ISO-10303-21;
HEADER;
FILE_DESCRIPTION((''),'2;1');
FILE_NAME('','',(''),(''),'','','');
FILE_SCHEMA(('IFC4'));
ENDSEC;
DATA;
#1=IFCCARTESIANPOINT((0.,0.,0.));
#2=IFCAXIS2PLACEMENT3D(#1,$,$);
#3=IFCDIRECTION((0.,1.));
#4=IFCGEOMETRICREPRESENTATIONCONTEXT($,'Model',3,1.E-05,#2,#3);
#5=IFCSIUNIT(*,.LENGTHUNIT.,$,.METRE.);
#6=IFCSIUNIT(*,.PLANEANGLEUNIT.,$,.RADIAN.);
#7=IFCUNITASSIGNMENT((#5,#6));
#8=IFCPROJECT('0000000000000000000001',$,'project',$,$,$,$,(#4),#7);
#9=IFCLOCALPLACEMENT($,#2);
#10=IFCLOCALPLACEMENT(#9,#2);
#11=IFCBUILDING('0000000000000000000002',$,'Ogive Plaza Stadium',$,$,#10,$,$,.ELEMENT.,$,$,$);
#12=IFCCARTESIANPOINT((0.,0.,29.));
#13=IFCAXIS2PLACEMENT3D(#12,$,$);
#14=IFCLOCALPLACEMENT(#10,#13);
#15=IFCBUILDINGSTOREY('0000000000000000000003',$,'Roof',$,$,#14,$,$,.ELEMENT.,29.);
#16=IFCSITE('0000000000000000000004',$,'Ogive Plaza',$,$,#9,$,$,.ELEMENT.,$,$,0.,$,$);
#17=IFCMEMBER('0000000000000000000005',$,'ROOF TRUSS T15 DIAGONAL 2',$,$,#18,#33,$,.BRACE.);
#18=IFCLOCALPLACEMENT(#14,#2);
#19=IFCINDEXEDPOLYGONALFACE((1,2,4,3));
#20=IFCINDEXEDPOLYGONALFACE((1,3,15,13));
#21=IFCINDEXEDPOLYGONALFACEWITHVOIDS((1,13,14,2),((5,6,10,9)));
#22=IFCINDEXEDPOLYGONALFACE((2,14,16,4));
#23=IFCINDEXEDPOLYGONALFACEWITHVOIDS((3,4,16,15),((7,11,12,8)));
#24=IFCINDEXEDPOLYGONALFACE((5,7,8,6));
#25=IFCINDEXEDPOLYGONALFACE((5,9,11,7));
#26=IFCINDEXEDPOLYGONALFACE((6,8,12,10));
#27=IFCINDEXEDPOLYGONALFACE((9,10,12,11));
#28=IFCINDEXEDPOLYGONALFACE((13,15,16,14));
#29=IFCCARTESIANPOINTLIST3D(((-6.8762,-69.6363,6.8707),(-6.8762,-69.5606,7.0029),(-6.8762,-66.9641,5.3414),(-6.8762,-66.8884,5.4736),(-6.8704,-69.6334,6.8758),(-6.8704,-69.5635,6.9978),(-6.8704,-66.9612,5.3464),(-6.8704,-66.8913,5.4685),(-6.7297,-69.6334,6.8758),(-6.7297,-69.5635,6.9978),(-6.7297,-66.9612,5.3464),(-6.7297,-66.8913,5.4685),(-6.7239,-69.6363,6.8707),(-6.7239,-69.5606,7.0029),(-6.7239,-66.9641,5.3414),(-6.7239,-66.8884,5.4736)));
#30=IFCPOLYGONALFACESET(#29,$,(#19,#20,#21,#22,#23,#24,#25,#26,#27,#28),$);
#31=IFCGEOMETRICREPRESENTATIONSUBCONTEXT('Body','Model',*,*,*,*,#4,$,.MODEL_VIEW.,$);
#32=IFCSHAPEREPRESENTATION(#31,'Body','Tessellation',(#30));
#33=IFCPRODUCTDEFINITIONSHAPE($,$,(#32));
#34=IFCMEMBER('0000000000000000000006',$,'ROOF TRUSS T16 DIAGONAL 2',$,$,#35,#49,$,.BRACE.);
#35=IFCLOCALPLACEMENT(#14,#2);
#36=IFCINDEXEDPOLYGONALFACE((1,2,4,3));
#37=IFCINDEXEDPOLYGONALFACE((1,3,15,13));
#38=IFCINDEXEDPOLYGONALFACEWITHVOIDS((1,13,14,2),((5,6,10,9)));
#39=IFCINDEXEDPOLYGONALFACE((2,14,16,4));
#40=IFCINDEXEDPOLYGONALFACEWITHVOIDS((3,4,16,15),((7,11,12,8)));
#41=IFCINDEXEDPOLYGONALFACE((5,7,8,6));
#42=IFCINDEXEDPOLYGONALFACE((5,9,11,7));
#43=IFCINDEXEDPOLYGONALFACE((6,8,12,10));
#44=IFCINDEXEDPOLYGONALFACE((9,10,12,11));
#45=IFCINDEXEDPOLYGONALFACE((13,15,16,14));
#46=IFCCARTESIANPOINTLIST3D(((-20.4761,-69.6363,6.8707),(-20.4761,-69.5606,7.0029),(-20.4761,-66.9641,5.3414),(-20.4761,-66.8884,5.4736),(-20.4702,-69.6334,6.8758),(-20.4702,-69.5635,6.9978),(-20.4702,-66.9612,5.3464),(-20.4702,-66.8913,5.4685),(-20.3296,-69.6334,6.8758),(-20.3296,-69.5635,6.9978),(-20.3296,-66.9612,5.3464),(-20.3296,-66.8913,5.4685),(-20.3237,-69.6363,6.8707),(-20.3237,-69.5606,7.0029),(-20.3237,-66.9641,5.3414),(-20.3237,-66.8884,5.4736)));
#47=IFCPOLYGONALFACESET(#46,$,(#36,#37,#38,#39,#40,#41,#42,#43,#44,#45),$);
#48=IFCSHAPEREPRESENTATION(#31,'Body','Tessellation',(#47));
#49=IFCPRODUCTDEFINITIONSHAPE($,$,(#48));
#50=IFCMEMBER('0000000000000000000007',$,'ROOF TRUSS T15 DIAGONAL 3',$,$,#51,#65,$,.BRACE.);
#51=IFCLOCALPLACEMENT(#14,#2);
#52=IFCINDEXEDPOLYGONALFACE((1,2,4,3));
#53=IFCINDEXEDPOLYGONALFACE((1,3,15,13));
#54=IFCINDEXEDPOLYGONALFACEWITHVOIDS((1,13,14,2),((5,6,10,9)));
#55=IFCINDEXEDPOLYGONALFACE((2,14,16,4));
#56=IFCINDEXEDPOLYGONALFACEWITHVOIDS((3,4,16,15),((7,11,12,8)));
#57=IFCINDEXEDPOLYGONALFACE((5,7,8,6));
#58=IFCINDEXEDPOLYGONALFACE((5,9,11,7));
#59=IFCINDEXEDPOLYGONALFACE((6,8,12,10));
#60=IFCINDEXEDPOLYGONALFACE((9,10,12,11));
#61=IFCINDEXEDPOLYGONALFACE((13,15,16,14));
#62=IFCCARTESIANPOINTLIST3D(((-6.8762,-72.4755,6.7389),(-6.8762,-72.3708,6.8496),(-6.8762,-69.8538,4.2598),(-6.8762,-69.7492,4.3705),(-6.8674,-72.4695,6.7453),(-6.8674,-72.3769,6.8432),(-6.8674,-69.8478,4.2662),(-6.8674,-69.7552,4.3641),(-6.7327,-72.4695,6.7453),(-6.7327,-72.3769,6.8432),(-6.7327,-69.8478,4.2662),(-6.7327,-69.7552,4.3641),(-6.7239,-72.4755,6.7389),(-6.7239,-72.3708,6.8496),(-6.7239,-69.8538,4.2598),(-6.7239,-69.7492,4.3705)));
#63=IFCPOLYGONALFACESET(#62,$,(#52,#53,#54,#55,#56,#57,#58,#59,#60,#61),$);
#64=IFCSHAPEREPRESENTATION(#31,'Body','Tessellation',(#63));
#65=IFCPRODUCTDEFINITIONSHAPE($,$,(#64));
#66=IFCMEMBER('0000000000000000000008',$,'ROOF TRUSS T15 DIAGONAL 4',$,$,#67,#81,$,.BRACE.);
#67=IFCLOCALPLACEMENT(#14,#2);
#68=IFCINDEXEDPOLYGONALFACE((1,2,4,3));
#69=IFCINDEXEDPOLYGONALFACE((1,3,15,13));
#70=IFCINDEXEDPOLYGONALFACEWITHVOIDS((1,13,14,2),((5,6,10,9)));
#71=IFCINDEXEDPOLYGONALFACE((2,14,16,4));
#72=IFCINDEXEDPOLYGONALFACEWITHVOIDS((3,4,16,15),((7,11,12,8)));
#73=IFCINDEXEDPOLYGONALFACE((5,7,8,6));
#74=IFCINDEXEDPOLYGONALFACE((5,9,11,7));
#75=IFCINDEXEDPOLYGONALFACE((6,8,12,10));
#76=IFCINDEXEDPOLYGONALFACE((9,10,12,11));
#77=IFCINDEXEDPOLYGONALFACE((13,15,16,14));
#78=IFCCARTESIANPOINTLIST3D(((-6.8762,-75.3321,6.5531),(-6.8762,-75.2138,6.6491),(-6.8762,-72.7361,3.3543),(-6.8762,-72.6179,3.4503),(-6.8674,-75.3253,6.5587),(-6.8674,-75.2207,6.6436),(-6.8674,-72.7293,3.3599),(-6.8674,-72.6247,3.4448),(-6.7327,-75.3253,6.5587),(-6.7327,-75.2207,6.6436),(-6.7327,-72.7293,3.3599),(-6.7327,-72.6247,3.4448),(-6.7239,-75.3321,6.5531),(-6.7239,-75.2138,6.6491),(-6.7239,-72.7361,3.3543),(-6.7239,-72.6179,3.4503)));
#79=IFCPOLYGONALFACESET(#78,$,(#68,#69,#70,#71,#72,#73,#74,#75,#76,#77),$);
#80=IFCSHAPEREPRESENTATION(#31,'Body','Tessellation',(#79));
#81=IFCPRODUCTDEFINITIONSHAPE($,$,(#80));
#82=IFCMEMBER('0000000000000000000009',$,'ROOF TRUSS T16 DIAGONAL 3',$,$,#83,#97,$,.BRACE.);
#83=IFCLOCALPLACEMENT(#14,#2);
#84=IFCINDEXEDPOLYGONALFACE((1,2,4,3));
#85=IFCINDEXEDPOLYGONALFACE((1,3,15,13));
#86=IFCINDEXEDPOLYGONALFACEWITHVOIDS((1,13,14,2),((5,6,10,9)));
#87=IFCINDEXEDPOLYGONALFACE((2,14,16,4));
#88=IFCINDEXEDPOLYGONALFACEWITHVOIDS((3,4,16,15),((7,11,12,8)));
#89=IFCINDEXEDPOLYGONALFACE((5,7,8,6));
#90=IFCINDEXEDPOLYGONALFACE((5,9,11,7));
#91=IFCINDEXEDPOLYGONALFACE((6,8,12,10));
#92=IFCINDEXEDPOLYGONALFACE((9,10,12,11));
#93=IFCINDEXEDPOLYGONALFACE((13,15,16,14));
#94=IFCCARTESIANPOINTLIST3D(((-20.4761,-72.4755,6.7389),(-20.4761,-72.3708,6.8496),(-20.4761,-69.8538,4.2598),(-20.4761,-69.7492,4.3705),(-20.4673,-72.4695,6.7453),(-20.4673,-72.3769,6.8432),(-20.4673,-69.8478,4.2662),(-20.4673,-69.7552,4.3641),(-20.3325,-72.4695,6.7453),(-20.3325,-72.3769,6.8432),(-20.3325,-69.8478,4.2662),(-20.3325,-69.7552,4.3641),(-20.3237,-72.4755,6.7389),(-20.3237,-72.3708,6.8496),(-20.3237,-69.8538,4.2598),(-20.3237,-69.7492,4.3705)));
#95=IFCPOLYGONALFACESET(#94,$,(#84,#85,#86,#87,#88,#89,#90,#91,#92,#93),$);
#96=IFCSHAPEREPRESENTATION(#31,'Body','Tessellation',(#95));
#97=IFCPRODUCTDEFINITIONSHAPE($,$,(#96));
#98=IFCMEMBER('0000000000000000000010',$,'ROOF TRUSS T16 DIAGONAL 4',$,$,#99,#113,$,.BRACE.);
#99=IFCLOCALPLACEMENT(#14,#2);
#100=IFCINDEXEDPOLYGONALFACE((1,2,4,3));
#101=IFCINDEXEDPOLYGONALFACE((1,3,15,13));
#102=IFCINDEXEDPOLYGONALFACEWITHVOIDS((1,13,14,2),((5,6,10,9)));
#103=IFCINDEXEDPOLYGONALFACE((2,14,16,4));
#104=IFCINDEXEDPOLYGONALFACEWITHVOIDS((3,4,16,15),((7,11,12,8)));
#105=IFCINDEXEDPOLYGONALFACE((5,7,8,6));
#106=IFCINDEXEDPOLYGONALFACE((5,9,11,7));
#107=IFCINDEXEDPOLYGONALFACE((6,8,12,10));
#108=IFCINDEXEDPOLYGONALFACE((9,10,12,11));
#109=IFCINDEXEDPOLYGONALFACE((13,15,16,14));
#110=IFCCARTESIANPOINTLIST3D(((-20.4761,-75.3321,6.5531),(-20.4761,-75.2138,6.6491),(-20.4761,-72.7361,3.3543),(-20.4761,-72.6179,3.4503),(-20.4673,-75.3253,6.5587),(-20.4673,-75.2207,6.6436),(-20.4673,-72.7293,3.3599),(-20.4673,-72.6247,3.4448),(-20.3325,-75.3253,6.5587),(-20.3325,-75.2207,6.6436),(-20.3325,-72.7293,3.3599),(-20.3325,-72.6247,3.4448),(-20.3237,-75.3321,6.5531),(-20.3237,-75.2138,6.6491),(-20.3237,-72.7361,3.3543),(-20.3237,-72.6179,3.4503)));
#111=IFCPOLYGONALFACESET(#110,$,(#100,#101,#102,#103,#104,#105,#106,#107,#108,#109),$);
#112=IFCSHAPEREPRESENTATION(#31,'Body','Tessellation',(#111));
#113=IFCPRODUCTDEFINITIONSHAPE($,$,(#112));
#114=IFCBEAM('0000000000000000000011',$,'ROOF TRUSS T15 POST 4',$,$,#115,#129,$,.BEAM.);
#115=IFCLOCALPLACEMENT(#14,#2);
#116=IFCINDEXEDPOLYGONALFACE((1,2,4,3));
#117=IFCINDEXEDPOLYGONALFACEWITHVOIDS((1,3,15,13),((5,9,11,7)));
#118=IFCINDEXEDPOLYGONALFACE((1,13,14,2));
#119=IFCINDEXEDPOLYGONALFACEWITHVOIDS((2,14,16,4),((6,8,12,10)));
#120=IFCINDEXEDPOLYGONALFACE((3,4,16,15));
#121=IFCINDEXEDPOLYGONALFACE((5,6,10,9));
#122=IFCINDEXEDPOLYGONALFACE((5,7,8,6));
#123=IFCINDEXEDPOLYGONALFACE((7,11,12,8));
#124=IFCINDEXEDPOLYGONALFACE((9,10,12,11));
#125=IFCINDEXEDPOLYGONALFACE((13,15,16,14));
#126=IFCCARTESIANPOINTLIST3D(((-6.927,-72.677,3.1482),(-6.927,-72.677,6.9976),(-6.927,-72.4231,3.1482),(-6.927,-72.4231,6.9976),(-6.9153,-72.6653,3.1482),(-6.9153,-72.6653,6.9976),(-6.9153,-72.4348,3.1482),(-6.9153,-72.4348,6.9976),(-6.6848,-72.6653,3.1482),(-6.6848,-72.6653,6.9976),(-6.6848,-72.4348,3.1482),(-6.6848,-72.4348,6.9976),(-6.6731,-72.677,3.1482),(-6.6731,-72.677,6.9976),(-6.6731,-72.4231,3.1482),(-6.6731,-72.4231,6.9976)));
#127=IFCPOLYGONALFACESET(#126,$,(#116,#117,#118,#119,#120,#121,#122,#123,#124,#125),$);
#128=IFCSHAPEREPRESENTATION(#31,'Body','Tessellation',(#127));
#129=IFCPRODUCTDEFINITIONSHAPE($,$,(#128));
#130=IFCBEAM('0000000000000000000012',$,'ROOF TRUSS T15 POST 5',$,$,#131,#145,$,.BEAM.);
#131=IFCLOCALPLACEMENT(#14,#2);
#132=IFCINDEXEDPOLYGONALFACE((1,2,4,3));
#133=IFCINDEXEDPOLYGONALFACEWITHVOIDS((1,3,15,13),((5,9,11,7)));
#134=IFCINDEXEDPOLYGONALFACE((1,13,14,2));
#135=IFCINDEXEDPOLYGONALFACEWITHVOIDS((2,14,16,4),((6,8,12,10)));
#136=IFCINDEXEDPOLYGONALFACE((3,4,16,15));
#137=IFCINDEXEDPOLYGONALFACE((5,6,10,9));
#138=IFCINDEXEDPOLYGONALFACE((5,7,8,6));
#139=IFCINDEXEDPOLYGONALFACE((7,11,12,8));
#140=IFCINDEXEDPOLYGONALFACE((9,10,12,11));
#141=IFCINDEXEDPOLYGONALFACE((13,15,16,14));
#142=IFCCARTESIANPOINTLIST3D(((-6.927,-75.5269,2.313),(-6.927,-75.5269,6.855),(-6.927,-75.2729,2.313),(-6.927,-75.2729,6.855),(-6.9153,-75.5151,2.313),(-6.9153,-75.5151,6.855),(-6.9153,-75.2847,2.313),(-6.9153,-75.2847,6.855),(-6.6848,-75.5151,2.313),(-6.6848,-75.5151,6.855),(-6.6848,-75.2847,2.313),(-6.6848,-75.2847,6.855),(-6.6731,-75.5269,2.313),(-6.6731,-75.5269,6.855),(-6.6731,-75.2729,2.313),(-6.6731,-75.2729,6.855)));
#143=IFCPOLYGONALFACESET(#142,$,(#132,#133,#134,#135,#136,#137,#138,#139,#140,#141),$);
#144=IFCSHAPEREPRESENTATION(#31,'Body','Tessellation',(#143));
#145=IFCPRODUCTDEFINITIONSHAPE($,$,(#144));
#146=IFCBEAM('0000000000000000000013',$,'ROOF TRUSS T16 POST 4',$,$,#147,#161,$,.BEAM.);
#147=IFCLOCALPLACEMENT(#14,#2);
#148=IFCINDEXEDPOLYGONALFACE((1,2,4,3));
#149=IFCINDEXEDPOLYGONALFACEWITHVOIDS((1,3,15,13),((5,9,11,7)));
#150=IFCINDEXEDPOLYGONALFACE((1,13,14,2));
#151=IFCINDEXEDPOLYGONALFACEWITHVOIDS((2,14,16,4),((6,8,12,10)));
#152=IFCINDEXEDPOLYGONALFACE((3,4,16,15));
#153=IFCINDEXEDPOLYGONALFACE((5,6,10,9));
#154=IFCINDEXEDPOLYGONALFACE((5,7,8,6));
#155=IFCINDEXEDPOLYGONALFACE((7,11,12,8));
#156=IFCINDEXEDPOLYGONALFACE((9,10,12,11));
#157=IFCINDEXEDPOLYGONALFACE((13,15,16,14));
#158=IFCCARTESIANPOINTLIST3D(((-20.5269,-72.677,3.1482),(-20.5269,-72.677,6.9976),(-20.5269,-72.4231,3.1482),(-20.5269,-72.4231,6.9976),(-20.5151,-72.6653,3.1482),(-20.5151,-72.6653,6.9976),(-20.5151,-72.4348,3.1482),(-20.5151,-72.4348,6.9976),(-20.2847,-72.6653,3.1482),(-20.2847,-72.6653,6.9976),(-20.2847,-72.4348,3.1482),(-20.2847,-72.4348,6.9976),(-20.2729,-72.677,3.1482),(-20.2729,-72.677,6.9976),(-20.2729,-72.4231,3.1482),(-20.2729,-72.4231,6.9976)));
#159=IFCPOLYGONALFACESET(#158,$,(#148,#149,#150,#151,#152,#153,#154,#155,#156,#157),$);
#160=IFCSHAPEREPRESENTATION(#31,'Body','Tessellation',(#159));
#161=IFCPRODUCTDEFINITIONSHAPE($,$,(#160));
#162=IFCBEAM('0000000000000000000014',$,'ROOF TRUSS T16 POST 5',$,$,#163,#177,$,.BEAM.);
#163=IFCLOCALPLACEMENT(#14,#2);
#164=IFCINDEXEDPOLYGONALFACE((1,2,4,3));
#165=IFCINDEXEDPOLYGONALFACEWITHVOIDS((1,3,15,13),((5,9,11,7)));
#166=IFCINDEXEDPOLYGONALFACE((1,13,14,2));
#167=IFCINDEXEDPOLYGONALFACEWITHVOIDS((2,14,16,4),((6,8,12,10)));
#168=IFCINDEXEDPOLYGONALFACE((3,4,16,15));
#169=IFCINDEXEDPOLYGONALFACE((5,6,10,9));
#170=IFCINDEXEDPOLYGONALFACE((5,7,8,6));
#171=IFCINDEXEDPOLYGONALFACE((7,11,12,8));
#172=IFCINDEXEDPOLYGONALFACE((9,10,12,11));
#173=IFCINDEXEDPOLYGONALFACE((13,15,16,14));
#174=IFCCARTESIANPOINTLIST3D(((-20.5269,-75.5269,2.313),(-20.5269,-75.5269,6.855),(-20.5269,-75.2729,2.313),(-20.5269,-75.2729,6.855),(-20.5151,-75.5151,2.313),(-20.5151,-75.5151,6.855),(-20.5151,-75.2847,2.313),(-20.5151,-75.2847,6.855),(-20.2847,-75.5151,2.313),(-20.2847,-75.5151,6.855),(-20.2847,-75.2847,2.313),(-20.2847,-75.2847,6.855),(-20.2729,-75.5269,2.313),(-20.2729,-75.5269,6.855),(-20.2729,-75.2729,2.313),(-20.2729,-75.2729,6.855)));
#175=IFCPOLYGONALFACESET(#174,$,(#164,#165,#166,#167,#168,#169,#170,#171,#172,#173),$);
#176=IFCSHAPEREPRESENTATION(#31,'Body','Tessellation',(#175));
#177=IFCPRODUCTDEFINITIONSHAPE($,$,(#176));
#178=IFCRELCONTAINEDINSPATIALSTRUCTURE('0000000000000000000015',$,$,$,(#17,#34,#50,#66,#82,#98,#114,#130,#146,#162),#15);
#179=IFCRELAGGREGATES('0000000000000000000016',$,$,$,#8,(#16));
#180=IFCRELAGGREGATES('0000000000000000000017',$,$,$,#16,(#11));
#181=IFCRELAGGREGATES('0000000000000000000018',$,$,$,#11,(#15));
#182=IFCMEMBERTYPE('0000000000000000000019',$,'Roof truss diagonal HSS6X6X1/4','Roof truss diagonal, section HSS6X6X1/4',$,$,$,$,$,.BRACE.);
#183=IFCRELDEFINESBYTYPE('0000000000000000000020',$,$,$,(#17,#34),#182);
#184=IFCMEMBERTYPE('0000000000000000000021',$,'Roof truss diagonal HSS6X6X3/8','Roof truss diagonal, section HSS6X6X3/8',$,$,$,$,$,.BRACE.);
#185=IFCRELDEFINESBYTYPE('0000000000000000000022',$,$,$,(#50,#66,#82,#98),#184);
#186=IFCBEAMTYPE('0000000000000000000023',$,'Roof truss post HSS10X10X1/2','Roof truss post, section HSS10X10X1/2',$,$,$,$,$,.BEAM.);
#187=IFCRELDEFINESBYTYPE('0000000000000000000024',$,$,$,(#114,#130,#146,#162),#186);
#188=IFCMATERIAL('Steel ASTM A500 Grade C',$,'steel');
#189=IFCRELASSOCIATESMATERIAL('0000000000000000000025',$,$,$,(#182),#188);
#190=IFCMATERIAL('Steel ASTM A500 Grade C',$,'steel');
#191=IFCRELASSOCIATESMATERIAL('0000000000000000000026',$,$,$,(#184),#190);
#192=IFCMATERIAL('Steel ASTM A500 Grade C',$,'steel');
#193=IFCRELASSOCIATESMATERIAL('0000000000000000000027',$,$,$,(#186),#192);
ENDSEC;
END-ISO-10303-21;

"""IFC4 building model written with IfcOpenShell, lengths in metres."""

from ifc_helpers import new_model, si_unit, direction, frame, origin, origin_2d, place, context, subcontext, project, spatial, hollow_rectangle, extrude, material, material_profile, profile_set, type_object, element, save


model = new_model("IFC4")

# Units and contexts
model_context = context("Model", 3, precision=1e-05, world=origin(), true_north=direction((0.0, 1.0)))
body_context = subcontext(model_context, "Body", "Model", "MODEL_VIEW")
ifc_project = project(units=[si_unit("LENGTHUNIT", "METRE"), si_unit("PLANEANGLEUNIT", "RADIAN")], contexts=[model_context])

# Site, building, storey
site_placement = place(None, origin())
site = spatial("IfcSite", under=ifc_project, at=site_placement, Name="Ogive Plaza", CompositionType="ELEMENT", RefElevation=0.0)
building_placement = place(site_placement, origin())
building = spatial("IfcBuilding", under=site, at=building_placement, Name="Ogive Plaza Stadium", CompositionType="ELEMENT")
storey_placement = place(building_placement, frame((0.0, 0.0, 29.0)))
storey = spatial("IfcBuildingStorey", under=building, at=storey_placement, Name="Roof", CompositionType="ELEMENT", Elevation=29.0)

# Members
ifc_material_1 = material(Name="Steel ASTM A500 Grade C", Category="steel")
ifc_material_profile_1 = material_profile(ifc_material_1, hollow_rectangle(XDim=0.1523, YDim=0.1523, WallThickness=0.0059, at=origin_2d()), Name="HSS6X6X1/4")
ifc_profile_set_1 = profile_set([ifc_material_profile_1], Name="Steel ASTM A500 Grade C")
member_type_1 = type_object("IfcMemberType", Name="Roof truss diagonal HSS6X6X1/4", Description="Roof truss diagonal, section HSS6X6X1/4", PredefinedType="BRACE", material=ifc_profile_set_1)
for number, where, z_axis, x_axis, name in (
    (1, (-6.8, -66.9263, 5.4075), (0.0, -0.867911, 0.49672), (1.0, 0.0, 0.0), "ROOF TRUSS T15 DIAGONAL 2"),
    (2, (-20.3999, -66.9263, 5.4075), (0.0, -0.867911, 0.49672), (1.0, 0.0, 0.0), "ROOF TRUSS T16 DIAGONAL 2"),
):
    element("IfcMember", number, at=place(storey_placement, frame(where, z_axis=z_axis, x_axis=x_axis)), inside=storey, type_object=member_type_1, Name=name, PredefinedType="BRACE", context=body_context, shape_type="SweptSolid", body=[
        extrude(hollow_rectangle(XDim=0.1523, YDim=0.1523, WallThickness=0.0059, at=origin_2d()), origin(), (0.0, 0.0, 1.0), 3.0789),
    ])
ifc_material_2 = material(Name="Steel ASTM A500 Grade C", Category="steel")
ifc_material_profile_2 = material_profile(ifc_material_2, hollow_rectangle(XDim=0.1523, YDim=0.1523, WallThickness=0.0088, at=origin_2d()), Name="HSS6X6X3/8")
ifc_profile_set_2 = profile_set([ifc_material_profile_2], Name="Steel ASTM A500 Grade C")
member_type_2 = type_object("IfcMemberType", Name="Roof truss diagonal HSS6X6X3/8", Description="Roof truss diagonal, section HSS6X6X3/8", PredefinedType="BRACE", material=ifc_profile_set_2)
member_1_placement = place(storey_placement, frame((-6.8, -69.8015, 4.3152), z_axis=(0.0, -0.726589, 0.687072), x_axis=(1.0, 0.0, 0.0)))
element("IfcMember", 3, at=member_1_placement, inside=storey, type_object=member_type_2, Name="ROOF TRUSS T15 DIAGONAL 3", PredefinedType="BRACE", context=body_context, shape_type="SweptSolid", body=[
    extrude(hollow_rectangle(XDim=0.1523, YDim=0.1523, WallThickness=0.0088, at=origin_2d()), origin(), (0.0, 0.0, 1.0), 3.6082),
])
member_2_placement = place(storey_placement, frame((-6.8, -72.677, 3.4023), z_axis=(0.0, -0.630151, 0.776473), x_axis=(1.0, 0.0, 0.0)))
element("IfcMember", 4, at=member_2_placement, inside=storey, type_object=member_type_2, Name="ROOF TRUSS T15 DIAGONAL 4", PredefinedType="BRACE", context=body_context, shape_type="SweptSolid", body=[
    extrude(hollow_rectangle(XDim=0.1523, YDim=0.1523, WallThickness=0.0088, at=origin_2d()), origin(), (0.0, 0.0, 1.0), 4.1196),
])
member_3_placement = place(storey_placement, frame((-20.3999, -69.8015, 4.3152), z_axis=(0.0, -0.726589, 0.687072), x_axis=(1.0, 0.0, 0.0)))
element("IfcMember", 5, at=member_3_placement, inside=storey, type_object=member_type_2, Name="ROOF TRUSS T16 DIAGONAL 3", PredefinedType="BRACE", context=body_context, shape_type="SweptSolid", body=[
    extrude(hollow_rectangle(XDim=0.1523, YDim=0.1523, WallThickness=0.0088, at=origin_2d()), origin(), (0.0, 0.0, 1.0), 3.6082),
])
member_4_placement = place(storey_placement, frame((-20.3999, -72.677, 3.4023), z_axis=(0.0, -0.630151, 0.776473), x_axis=(1.0, 0.0, 0.0)))
element("IfcMember", 6, at=member_4_placement, inside=storey, type_object=member_type_2, Name="ROOF TRUSS T16 DIAGONAL 4", PredefinedType="BRACE", context=body_context, shape_type="SweptSolid", body=[
    extrude(hollow_rectangle(XDim=0.1523, YDim=0.1523, WallThickness=0.0088, at=origin_2d()), origin(), (0.0, 0.0, 1.0), 4.1196),
])

# Beams
ifc_material_3 = material(Name="Steel ASTM A500 Grade C", Category="steel")
ifc_material_profile_3 = material_profile(ifc_material_3, hollow_rectangle(XDim=0.2539, YDim=0.2539, WallThickness=0.0117, at=origin_2d()), Name="HSS10X10X1/2")
ifc_profile_set_3 = profile_set([ifc_material_profile_3], Name="Steel ASTM A500 Grade C")
beam_type_1 = type_object("IfcBeamType", Name="Roof truss post HSS10X10X1/2", Description="Roof truss post, section HSS10X10X1/2", PredefinedType="BEAM", material=ifc_profile_set_3)
beam_1_placement = place(storey_placement, frame((-6.8, -72.55, 3.1482), z_axis=(0.0, 0.0, 1.0), x_axis=(1.0, 0.0, 0.0)))
element("IfcBeam", 7, at=beam_1_placement, inside=storey, type_object=beam_type_1, Name="ROOF TRUSS T15 POST 4", PredefinedType="BEAM", context=body_context, shape_type="SweptSolid", body=[
    extrude(hollow_rectangle(XDim=0.2539, YDim=0.2539, WallThickness=0.0117, at=origin_2d()), origin(), (0.0, 0.0, 1.0), 3.8494),
])
beam_2_placement = place(storey_placement, frame((-6.8, -75.3999, 2.313), z_axis=(0.0, 0.0, 1.0), x_axis=(1.0, 0.0, 0.0)))
element("IfcBeam", 8, at=beam_2_placement, inside=storey, type_object=beam_type_1, Name="ROOF TRUSS T15 POST 5", PredefinedType="BEAM", context=body_context, shape_type="SweptSolid", body=[
    extrude(hollow_rectangle(XDim=0.2539, YDim=0.2539, WallThickness=0.0117, at=origin_2d()), origin(), (0.0, 0.0, 1.0), 4.542),
])
beam_3_placement = place(storey_placement, frame((-20.3999, -72.55, 3.1482), z_axis=(0.0, 0.0, 1.0), x_axis=(1.0, 0.0, 0.0)))
element("IfcBeam", 9, at=beam_3_placement, inside=storey, type_object=beam_type_1, Name="ROOF TRUSS T16 POST 4", PredefinedType="BEAM", context=body_context, shape_type="SweptSolid", body=[
    extrude(hollow_rectangle(XDim=0.2539, YDim=0.2539, WallThickness=0.0117, at=origin_2d()), origin(), (0.0, 0.0, 1.0), 3.8494),
])
beam_4_placement = place(storey_placement, frame((-20.3999, -75.3999, 2.313), z_axis=(0.0, 0.0, 1.0), x_axis=(1.0, 0.0, 0.0)))
element("IfcBeam", 10, at=beam_4_placement, inside=storey, type_object=beam_type_1, Name="ROOF TRUSS T16 POST 5", PredefinedType="BEAM", context=body_context, shape_type="SweptSolid", body=[
    extrude(hollow_rectangle(XDim=0.2539, YDim=0.2539, WallThickness=0.0117, at=origin_2d()), origin(), (0.0, 0.0, 1.0), 4.542),
])

save(model, "model.ifc")
